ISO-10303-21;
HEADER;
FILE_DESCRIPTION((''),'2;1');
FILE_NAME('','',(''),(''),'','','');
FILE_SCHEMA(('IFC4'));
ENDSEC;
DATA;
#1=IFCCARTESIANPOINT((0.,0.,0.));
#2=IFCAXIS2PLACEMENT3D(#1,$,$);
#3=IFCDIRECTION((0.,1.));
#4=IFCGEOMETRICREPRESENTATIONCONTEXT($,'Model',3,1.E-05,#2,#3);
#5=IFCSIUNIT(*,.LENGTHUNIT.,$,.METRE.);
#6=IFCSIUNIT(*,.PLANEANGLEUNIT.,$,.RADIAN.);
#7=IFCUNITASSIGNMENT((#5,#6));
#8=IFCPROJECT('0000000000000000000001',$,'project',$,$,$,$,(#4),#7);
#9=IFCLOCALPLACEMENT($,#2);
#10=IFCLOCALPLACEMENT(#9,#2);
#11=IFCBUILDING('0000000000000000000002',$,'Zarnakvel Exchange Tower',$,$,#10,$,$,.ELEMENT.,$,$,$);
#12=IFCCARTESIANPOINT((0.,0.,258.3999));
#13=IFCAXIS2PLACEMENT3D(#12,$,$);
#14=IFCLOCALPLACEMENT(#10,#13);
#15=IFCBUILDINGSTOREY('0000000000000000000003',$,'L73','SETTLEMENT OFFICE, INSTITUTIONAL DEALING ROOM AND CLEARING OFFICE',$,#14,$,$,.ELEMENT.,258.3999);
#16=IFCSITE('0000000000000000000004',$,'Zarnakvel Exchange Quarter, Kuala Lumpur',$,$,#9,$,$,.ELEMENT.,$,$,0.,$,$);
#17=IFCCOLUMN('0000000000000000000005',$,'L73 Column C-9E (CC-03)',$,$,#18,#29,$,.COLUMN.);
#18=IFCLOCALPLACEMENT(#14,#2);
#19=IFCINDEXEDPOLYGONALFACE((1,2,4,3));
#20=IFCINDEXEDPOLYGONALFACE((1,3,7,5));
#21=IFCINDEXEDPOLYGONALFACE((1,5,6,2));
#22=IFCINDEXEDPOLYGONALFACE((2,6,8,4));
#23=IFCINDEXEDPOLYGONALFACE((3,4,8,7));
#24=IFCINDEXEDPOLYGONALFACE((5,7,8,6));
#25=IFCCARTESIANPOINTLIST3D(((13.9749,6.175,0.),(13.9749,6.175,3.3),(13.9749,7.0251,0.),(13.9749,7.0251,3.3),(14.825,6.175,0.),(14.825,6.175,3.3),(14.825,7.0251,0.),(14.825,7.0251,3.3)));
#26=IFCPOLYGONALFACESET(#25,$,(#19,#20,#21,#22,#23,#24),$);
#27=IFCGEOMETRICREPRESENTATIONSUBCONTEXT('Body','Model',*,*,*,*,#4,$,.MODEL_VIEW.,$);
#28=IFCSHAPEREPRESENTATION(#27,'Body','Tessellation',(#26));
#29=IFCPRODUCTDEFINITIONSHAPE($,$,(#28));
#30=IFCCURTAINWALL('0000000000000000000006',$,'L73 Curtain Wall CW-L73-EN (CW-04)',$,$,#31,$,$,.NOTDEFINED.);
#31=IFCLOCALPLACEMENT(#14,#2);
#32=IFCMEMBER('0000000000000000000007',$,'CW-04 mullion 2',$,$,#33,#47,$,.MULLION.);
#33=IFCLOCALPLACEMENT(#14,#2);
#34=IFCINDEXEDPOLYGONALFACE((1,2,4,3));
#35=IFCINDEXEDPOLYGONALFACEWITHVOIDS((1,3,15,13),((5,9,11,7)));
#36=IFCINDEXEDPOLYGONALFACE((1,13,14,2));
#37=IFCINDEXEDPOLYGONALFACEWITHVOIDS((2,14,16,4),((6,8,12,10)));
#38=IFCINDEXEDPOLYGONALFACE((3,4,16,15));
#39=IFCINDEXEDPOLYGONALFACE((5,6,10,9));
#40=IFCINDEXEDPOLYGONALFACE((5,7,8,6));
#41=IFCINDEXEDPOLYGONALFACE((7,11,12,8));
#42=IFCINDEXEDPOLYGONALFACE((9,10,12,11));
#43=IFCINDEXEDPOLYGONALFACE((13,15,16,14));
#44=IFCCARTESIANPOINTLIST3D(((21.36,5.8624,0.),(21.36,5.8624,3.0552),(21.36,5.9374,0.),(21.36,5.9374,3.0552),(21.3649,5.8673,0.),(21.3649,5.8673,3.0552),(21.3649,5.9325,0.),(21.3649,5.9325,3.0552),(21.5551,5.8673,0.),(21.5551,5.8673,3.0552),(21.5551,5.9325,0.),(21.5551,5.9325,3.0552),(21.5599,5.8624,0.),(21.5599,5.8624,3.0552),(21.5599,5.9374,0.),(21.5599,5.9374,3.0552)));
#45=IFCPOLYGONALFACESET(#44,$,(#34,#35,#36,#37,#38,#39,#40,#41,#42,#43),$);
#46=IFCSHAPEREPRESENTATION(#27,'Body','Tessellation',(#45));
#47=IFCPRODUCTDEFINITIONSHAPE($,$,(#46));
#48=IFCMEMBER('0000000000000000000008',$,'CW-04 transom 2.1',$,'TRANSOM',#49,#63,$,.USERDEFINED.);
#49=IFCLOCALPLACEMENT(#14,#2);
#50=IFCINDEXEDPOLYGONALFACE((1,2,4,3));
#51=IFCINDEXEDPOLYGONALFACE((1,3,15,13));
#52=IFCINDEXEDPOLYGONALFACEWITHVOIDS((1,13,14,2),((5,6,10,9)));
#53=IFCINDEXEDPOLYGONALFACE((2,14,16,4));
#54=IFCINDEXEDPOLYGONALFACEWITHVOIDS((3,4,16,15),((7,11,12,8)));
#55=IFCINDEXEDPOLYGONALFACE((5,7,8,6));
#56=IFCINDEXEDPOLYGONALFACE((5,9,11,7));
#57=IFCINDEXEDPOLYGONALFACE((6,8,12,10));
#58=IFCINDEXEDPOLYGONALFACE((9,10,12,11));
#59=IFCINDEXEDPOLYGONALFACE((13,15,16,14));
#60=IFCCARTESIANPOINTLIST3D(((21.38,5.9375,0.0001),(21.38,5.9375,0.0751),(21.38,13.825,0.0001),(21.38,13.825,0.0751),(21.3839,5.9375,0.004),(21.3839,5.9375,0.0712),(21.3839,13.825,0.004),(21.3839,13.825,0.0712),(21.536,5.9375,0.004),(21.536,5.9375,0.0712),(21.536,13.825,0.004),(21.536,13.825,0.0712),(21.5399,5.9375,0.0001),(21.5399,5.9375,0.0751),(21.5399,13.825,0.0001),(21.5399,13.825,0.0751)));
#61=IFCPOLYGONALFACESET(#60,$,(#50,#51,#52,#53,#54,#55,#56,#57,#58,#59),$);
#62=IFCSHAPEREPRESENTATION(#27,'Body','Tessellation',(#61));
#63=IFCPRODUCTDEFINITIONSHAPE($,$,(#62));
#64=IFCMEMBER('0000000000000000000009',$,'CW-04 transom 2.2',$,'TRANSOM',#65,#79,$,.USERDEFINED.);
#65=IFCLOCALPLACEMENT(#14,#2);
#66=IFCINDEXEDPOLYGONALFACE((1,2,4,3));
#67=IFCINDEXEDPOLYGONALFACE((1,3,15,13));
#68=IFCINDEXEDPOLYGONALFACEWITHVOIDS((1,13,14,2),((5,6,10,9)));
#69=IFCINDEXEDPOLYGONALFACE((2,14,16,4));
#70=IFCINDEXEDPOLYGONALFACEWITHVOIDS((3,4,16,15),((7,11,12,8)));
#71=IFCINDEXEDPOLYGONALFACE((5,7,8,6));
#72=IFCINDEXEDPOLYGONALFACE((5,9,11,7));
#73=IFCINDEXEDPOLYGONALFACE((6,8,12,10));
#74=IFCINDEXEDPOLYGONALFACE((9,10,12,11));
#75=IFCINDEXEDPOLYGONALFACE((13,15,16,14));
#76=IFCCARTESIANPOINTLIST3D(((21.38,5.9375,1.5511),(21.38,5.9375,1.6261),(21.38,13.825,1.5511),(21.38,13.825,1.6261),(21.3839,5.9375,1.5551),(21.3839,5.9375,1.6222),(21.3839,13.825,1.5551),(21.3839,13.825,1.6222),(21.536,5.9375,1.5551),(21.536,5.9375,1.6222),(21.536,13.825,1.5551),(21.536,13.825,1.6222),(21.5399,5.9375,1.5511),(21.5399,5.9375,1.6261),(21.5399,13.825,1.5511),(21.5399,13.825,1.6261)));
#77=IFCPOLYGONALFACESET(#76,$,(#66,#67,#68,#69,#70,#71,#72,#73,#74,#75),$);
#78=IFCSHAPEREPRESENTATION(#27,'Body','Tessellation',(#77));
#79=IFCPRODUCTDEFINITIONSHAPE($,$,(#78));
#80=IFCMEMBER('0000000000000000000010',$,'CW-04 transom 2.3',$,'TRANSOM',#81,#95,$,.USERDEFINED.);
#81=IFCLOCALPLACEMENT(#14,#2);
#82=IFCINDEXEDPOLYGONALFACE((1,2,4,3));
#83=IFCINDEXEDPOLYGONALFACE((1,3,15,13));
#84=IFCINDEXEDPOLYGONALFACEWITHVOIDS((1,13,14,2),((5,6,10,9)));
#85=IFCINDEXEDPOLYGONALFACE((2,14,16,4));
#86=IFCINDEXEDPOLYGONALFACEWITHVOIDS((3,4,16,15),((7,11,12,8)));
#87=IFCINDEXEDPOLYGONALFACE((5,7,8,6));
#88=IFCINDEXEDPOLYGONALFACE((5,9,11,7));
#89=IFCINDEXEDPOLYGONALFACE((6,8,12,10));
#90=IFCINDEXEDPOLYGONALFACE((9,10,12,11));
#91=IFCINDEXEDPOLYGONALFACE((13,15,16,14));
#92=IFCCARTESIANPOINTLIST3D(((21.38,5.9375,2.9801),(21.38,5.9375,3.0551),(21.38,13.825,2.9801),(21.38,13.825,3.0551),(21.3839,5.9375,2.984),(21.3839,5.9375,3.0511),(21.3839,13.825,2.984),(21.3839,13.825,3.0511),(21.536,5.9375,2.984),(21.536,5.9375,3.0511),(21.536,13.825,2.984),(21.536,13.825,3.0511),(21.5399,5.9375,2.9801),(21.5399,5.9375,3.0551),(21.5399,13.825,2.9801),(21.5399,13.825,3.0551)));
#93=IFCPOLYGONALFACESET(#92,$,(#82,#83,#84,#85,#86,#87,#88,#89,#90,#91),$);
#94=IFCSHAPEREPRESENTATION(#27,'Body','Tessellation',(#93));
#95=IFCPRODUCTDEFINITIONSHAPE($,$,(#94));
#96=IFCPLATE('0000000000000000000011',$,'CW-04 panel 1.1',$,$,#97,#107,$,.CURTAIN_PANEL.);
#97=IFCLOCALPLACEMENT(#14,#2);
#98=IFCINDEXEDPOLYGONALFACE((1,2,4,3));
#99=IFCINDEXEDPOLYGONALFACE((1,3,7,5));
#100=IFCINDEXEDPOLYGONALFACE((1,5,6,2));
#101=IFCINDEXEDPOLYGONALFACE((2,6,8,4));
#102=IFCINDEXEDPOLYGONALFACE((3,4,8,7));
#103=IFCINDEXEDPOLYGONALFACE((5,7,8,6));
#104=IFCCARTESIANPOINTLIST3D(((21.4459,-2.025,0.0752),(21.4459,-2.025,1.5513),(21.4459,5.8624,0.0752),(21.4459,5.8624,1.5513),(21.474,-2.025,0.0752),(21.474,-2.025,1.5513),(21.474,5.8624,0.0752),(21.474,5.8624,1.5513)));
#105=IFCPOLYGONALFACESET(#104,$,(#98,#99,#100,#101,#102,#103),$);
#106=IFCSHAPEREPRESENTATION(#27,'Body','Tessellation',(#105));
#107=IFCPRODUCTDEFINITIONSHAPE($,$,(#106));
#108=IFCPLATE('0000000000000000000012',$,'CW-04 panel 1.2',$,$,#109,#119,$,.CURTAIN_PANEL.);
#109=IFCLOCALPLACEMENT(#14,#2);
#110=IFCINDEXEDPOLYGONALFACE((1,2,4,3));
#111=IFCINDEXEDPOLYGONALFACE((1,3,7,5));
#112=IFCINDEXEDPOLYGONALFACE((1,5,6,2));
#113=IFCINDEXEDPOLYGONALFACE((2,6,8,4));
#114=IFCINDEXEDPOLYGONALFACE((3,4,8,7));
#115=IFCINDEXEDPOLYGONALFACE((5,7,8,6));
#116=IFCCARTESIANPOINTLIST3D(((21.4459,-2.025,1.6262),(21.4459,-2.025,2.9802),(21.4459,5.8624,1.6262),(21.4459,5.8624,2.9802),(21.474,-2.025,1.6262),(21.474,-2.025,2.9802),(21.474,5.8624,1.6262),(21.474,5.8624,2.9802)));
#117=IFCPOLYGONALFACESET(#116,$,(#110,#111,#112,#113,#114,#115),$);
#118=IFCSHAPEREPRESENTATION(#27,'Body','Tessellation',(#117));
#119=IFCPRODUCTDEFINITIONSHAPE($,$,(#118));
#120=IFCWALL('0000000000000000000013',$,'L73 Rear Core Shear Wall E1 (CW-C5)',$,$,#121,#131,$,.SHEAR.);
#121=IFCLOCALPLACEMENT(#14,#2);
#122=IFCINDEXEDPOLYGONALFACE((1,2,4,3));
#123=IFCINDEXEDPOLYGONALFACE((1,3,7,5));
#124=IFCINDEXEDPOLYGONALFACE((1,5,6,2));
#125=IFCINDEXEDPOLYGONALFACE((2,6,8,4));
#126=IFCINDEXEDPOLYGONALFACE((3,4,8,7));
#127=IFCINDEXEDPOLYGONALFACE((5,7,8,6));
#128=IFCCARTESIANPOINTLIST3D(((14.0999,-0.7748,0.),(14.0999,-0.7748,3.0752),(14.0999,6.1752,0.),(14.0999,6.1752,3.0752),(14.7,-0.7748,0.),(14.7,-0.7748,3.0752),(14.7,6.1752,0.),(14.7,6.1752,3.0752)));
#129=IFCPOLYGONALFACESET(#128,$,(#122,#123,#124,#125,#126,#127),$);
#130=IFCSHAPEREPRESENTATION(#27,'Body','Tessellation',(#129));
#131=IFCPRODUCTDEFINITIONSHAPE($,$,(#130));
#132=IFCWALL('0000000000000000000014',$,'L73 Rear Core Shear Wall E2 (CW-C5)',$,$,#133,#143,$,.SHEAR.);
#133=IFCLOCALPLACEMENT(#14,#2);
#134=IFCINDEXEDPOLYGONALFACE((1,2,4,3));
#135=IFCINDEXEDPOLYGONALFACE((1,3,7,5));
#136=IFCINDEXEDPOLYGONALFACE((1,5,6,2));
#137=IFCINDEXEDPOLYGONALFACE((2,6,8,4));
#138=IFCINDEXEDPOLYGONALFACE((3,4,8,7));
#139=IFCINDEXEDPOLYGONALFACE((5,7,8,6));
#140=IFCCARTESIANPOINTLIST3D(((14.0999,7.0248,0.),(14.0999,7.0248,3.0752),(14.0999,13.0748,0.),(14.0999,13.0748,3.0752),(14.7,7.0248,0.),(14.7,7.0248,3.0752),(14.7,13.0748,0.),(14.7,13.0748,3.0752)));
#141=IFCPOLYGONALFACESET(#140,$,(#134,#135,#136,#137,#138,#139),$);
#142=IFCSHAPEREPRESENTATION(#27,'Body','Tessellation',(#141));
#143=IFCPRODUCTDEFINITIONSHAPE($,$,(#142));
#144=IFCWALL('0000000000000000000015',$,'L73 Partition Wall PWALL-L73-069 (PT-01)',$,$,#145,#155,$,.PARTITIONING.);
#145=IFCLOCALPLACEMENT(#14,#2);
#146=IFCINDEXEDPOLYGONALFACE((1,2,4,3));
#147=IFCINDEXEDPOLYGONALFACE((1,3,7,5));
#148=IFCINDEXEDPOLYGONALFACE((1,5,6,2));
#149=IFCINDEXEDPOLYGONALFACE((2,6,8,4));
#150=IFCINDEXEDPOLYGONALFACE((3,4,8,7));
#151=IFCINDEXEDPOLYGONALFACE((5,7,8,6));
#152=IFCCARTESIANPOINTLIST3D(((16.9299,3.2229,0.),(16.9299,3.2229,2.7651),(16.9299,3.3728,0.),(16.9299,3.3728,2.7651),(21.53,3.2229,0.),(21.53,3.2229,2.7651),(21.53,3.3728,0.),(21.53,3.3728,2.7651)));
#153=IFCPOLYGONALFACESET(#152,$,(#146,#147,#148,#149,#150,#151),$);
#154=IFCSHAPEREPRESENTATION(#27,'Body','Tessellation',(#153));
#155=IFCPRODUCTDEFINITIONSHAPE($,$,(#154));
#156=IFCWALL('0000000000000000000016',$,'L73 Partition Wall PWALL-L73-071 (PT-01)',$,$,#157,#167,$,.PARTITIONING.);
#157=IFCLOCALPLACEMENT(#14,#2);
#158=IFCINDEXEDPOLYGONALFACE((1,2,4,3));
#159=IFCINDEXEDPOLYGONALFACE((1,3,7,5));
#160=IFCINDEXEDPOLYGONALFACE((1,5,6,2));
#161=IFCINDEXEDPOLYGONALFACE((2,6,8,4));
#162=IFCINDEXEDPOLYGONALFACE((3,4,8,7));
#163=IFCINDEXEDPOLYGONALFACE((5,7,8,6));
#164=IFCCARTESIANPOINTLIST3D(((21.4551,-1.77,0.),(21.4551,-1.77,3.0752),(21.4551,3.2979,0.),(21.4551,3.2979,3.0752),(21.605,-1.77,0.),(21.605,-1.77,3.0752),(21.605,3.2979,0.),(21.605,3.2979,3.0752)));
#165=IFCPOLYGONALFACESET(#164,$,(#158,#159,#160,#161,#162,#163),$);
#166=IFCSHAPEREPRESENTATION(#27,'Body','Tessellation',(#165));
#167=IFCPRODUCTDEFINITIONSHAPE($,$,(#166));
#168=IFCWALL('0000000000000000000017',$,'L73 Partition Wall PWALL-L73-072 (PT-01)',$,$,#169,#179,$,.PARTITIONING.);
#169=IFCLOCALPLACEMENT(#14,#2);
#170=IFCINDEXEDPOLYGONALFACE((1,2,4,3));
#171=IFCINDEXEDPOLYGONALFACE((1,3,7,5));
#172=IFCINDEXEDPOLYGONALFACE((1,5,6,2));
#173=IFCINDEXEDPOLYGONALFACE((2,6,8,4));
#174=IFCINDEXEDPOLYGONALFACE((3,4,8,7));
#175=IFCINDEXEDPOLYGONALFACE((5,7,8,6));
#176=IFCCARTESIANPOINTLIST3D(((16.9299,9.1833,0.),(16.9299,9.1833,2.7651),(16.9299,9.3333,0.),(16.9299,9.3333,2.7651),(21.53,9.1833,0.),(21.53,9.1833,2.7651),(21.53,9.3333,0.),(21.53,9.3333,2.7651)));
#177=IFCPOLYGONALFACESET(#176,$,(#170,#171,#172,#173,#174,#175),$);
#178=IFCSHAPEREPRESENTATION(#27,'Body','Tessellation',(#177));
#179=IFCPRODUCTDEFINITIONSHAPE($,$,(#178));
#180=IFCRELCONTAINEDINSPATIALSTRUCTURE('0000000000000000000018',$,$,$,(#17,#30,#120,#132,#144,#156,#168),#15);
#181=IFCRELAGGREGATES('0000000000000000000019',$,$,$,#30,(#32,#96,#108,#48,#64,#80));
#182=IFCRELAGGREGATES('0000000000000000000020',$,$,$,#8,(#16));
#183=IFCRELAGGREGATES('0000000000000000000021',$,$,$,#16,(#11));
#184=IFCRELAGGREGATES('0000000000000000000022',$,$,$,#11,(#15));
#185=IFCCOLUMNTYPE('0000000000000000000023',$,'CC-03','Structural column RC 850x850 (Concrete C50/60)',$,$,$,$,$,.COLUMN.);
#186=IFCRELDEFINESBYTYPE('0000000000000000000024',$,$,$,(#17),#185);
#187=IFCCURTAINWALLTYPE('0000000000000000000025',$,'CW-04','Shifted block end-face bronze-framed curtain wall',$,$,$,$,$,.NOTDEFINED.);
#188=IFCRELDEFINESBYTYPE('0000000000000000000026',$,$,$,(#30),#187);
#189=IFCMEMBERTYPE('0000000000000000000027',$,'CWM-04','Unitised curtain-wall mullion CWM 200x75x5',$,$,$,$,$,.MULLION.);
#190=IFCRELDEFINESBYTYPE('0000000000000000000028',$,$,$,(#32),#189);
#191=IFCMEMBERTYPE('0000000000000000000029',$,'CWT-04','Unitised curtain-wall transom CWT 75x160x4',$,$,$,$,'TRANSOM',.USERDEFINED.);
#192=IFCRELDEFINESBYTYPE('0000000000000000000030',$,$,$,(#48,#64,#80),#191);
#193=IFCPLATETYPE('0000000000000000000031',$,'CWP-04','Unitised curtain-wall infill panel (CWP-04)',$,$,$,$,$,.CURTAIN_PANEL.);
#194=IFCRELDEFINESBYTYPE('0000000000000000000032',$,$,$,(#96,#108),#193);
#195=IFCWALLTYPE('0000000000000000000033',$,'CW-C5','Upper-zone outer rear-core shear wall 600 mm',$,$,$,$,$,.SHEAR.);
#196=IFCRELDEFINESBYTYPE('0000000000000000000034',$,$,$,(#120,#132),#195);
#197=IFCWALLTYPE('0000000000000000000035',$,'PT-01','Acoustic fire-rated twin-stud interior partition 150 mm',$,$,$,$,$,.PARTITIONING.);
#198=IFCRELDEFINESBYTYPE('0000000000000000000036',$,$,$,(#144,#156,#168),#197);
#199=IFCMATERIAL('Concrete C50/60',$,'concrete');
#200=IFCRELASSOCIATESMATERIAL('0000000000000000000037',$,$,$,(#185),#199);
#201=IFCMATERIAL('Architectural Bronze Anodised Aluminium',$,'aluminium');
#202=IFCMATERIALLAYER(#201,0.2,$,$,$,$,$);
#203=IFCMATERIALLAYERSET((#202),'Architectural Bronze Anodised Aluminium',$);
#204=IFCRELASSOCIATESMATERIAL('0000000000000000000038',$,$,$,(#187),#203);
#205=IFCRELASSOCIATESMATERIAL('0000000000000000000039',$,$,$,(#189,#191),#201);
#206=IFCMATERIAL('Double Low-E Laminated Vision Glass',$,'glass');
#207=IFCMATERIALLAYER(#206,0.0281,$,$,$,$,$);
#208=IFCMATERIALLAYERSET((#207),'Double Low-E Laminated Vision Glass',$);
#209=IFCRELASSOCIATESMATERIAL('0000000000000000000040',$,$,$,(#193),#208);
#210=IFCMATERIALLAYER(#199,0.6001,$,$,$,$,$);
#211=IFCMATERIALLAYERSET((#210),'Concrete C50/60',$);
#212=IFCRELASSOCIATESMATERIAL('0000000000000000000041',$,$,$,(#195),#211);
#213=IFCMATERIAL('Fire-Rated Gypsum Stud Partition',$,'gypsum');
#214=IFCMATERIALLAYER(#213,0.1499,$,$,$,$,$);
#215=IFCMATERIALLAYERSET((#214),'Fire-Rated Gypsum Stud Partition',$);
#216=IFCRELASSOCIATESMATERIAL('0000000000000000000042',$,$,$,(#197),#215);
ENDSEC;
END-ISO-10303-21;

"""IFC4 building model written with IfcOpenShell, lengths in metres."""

from ifc_helpers import new_model, si_unit, direction, frame, frame_2d, origin, origin_2d, place, context, subcontext, project, spatial, rectangle, hollow_rectangle, extrude, source, transform, mapped, material, layer, layer_set, material_profile, profile_set, type_object, element, aggregate, save


model = new_model("IFC4")

# Units and contexts
model_context = context("Model", 3, precision=1e-05, world=origin(), true_north=direction((0.0, 1.0)))
body_context = subcontext(model_context, "Body", "Model", "MODEL_VIEW")
ifc_project = project(units=[si_unit("LENGTHUNIT", "METRE"), si_unit("PLANEANGLEUNIT", "RADIAN")], contexts=[model_context])

# Site, building, storey
site_placement = place(None, origin())
site = spatial("IfcSite", under=ifc_project, at=site_placement, Name="Zarnakvel Exchange Quarter, Kuala Lumpur", CompositionType="ELEMENT", RefElevation=0.0)
building_placement = place(site_placement, origin())
building = spatial("IfcBuilding", under=site, at=building_placement, Name="Zarnakvel Exchange Tower", CompositionType="ELEMENT")
storey_placement = place(building_placement, frame((0.0, 0.0, 258.3999)))
storey = spatial("IfcBuildingStorey", under=building, at=storey_placement, Name="L73", Description="SETTLEMENT OFFICE, INSTITUTIONAL DEALING ROOM AND CLEARING OFFICE", CompositionType="ELEMENT", Elevation=258.3999)

# Column
ifc_material_1 = material(Name="Concrete C50/60", Category="concrete")
ifc_material_profile_1 = material_profile(ifc_material_1, rectangle(XDim=0.8501, YDim=0.8501, at=origin_2d()))
ifc_profile_set_1 = profile_set([ifc_material_profile_1], Name="Concrete C50/60")
column_type = type_object("IfcColumnType", Name="CC-03", Description="Structural column RC 850x850 (Concrete C50/60)", PredefinedType="COLUMN", material=ifc_profile_set_1)
column_placement = place(storey_placement, frame((14.3999, 6.6001, 0.0), z_axis=(0.0, 0.0, 1.0), x_axis=(1.0, 0.0, 0.0)))
element("IfcColumn", 1, at=column_placement, inside=storey, type_object=column_type, Name="L73 Column C-9E (CC-03)", PredefinedType="COLUMN", context=body_context, shape_type="SweptSolid", body=[
    extrude(rectangle(XDim=0.8501, YDim=0.8501, at=origin_2d()), origin(), (0.0, 0.0, 1.0), 3.3),
])

# Curtain wall, members, plates
ifc_material_2 = material(Name="Architectural Bronze Anodised Aluminium", Category="aluminium")
ifc_layer_1 = layer(ifc_material_2, 0.2)
ifc_layer_set_1 = layer_set([ifc_layer_1], Name="Architectural Bronze Anodised Aluminium")
curtain_wall_type = type_object("IfcCurtainWallType", Name="CW-04", Description="Shifted block end-face bronze-framed curtain wall", PredefinedType="NOTDEFINED", material=ifc_layer_set_1)
curtain_wall_placement = place(storey_placement, origin())
curtain_wall = element("IfcCurtainWall", 2, at=curtain_wall_placement, inside=storey, type_object=curtain_wall_type, Name="L73 Curtain Wall CW-L73-EN (CW-04)", PredefinedType="NOTDEFINED")
ifc_material_profile_2 = material_profile(ifc_material_2, hollow_rectangle(XDim=0.2, YDim=0.075, WallThickness=0.0049, at=origin_2d()))
ifc_profile_set_2 = profile_set([ifc_material_profile_2], Name="Architectural Bronze Anodised Aluminium")
member_type_1 = type_object("IfcMemberType", Name="CWM-04", Description="Unitised curtain-wall mullion CWM 200x75x5", PredefinedType="MULLION", material=ifc_profile_set_2)
shared_shape_1 = source(origin(), body_context, "Body", "SweptSolid", [
    extrude(hollow_rectangle(XDim=0.2, YDim=0.075, WallThickness=0.0049, at=origin_2d()), origin(), (0.0, 0.0, 1.0), 3.0552),
])
member_1_placement = place(storey_placement, frame((21.46, 5.8999, 0.0), z_axis=(0.0, 0.0, 1.0), x_axis=(-1.0, 0.0, 0.0)))
member_1 = element("IfcMember", 3, at=member_1_placement, type_object=member_type_1, Name="CW-04 mullion 2", PredefinedType="MULLION", context=body_context, shape_type="MappedRepresentation", body=[
    mapped(shared_shape_1, transform((0.0, 0.0, 0.0), x_axis=(1.0, 0.0, 0.0), y_axis=(0.0, 1.0, 0.0), z_axis=(0.0, 0.0, 1.0), scale=1.0)),
])
ifc_material_profile_3 = material_profile(ifc_material_2, hollow_rectangle(XDim=0.1599, YDim=0.075, WallThickness=0.0039, at=origin_2d()))
ifc_profile_set_3 = profile_set([ifc_material_profile_3], Name="Architectural Bronze Anodised Aluminium")
member_type_2 = type_object("IfcMemberType", Name="CWT-04", Description="Unitised curtain-wall transom CWT 75x160x4", ElementType="TRANSOM", PredefinedType="USERDEFINED", material=ifc_profile_set_3)
shared_shape_2 = source(origin(), body_context, "Body", "SweptSolid", [
    extrude(hollow_rectangle(XDim=0.1599, YDim=0.075, WallThickness=0.0039, at=origin_2d()), origin(), (0.0, 0.0, 1.0), 7.8875),
])
member_2_placement = place(storey_placement, frame((21.46, 5.9375, 0.0376), z_axis=(0.0, 1.0, 0.0), x_axis=(-1.0, 0.0, 0.0)))
member_2 = element("IfcMember", 4, at=member_2_placement, type_object=member_type_2, Name="CW-04 transom 2.1", ObjectType="TRANSOM", PredefinedType="USERDEFINED", context=body_context, shape_type="MappedRepresentation", body=[
    mapped(shared_shape_2, transform((0.0, 0.0, 0.0), x_axis=(1.0, 0.0, 0.0), y_axis=(0.0, 1.0, 0.0), z_axis=(0.0, 0.0, 1.0), scale=1.0)),
])
member_3_placement = place(storey_placement, frame((21.46, 5.9375, 1.5886), z_axis=(0.0, 1.0, 0.0), x_axis=(-1.0, 0.0, 0.0)))
member_3 = element("IfcMember", 5, at=member_3_placement, type_object=member_type_2, Name="CW-04 transom 2.2", ObjectType="TRANSOM", PredefinedType="USERDEFINED", context=body_context, shape_type="MappedRepresentation", body=[
    mapped(shared_shape_2, transform((0.0, 0.0, 0.0), x_axis=(1.0, 0.0, 0.0), y_axis=(0.0, 1.0, 0.0), z_axis=(0.0, 0.0, 1.0), scale=1.0)),
])
member_4_placement = place(storey_placement, frame((21.46, 5.9375, 3.0176), z_axis=(0.0, 1.0, 0.0), x_axis=(-1.0, 0.0, 0.0)))
member_4 = element("IfcMember", 6, at=member_4_placement, type_object=member_type_2, Name="CW-04 transom 2.3", ObjectType="TRANSOM", PredefinedType="USERDEFINED", context=body_context, shape_type="MappedRepresentation", body=[
    mapped(shared_shape_2, transform((0.0, 0.0, 0.0), x_axis=(1.0, 0.0, 0.0), y_axis=(0.0, 1.0, 0.0), z_axis=(0.0, 0.0, 1.0), scale=1.0)),
])
ifc_material_3 = material(Name="Double Low-E Laminated Vision Glass", Category="glass")
ifc_layer_2 = layer(ifc_material_3, 0.0281)
ifc_layer_set_2 = layer_set([ifc_layer_2], Name="Double Low-E Laminated Vision Glass")
plate_type = type_object("IfcPlateType", Name="CWP-04", Description="Unitised curtain-wall infill panel (CWP-04)", PredefinedType="CURTAIN_PANEL", material=ifc_layer_set_2)
shared_shape_3 = source(origin(), body_context, "Body", "SweptSolid", [
    extrude(rectangle(XDim=7.8875, YDim=0.0281, at=origin_2d()), origin(), (0.0, 0.0, 1.0), 1.4761),
])
plate_1_placement = place(storey_placement, frame((21.46, 1.9187, 0.0752), z_axis=(0.0, 0.0, 1.0), x_axis=(0.0, 1.0, 0.0)))
plate_1 = element("IfcPlate", 7, at=plate_1_placement, type_object=plate_type, Name="CW-04 panel 1.1", PredefinedType="CURTAIN_PANEL", context=body_context, shape_type="MappedRepresentation", body=[
    mapped(shared_shape_3, transform((0.0, 0.0, 0.0), x_axis=(1.0, 0.0, 0.0), y_axis=(0.0, 1.0, 0.0), z_axis=(0.0, 0.0, 1.0), scale=1.0)),
])
shared_shape_4 = source(origin(), body_context, "Body", "SweptSolid", [
    extrude(rectangle(XDim=7.8875, YDim=0.0281, at=origin_2d()), origin(), (0.0, 0.0, 1.0), 1.354),
])
plate_2_placement = place(storey_placement, frame((21.46, 1.9187, 1.6262), z_axis=(0.0, 0.0, 1.0), x_axis=(0.0, 1.0, 0.0)))
plate_2 = element("IfcPlate", 8, at=plate_2_placement, type_object=plate_type, Name="CW-04 panel 1.2", PredefinedType="CURTAIN_PANEL", context=body_context, shape_type="MappedRepresentation", body=[
    mapped(shared_shape_4, transform((0.0, 0.0, 0.0), x_axis=(1.0, 0.0, 0.0), y_axis=(0.0, 1.0, 0.0), z_axis=(0.0, 0.0, 1.0), scale=1.0)),
])
aggregate(curtain_wall, [member_1, plate_1, plate_2, member_2, member_3, member_4])

# Walls
ifc_layer_3 = layer(ifc_material_1, 0.6001)
ifc_layer_set_3 = layer_set([ifc_layer_3], Name="Concrete C50/60")
wall_type_1 = type_object("IfcWallType", Name="CW-C5", Description="Upper-zone outer rear-core shear wall 600 mm", PredefinedType="SHEAR", material=ifc_layer_set_3)
wall_1_placement = place(storey_placement, frame((14.3999, -0.7749, 0.0), z_axis=(0.0, 0.0, 1.0), x_axis=(0.0, 1.0, 0.0)))
element("IfcWall", 9, at=wall_1_placement, inside=storey, type_object=wall_type_1, Name="L73 Rear Core Shear Wall E1 (CW-C5)", PredefinedType="SHEAR", context=body_context, shape_type="SweptSolid", body=[
    extrude(rectangle(XDim=6.95, YDim=0.6001, at=frame_2d((3.4751, 0.0))), origin(), (0.0, 0.0, 1.0), 3.0752),
])
wall_2_placement = place(storey_placement, frame((14.3999, 7.0249, 0.0), z_axis=(0.0, 0.0, 1.0), x_axis=(0.0, 1.0, 0.0)))
element("IfcWall", 10, at=wall_2_placement, inside=storey, type_object=wall_type_1, Name="L73 Rear Core Shear Wall E2 (CW-C5)", PredefinedType="SHEAR", context=body_context, shape_type="SweptSolid", body=[
    extrude(rectangle(XDim=6.05, YDim=0.6001, at=frame_2d((3.0249, 0.0))), origin(), (0.0, 0.0, 1.0), 3.0752),
])
ifc_material_4 = material(Name="Fire-Rated Gypsum Stud Partition", Category="gypsum")
ifc_layer_4 = layer(ifc_material_4, 0.1499)
ifc_layer_set_4 = layer_set([ifc_layer_4], Name="Fire-Rated Gypsum Stud Partition")
wall_type_2 = type_object("IfcWallType", Name="PT-01", Description="Acoustic fire-rated twin-stud interior partition 150 mm", PredefinedType="PARTITIONING", material=ifc_layer_set_4)
wall_3_placement = place(storey_placement, frame((16.9299, 3.2979, 0.0), z_axis=(0.0, 0.0, 1.0), x_axis=(1.0, 0.0, 0.0)))
element("IfcWall", 11, at=wall_3_placement, inside=storey, type_object=wall_type_2, Name="L73 Partition Wall PWALL-L73-069 (PT-01)", PredefinedType="PARTITIONING", context=body_context, shape_type="SweptSolid", body=[
    extrude(rectangle(XDim=4.6001, YDim=0.1499, at=frame_2d((2.3, 0.0))), origin(), (0.0, 0.0, 1.0), 2.7651),
])
wall_4_placement = place(storey_placement, frame((21.53, 3.2979, 0.0), z_axis=(0.0, 0.0, 1.0), x_axis=(0.0, -1.0, 0.0)))
element("IfcWall", 12, at=wall_4_placement, inside=storey, type_object=wall_type_2, Name="L73 Partition Wall PWALL-L73-071 (PT-01)", PredefinedType="PARTITIONING", context=body_context, shape_type="SweptSolid", body=[
    extrude(rectangle(XDim=5.0679, YDim=0.1499, at=frame_2d((2.5339, 0.0))), origin(), (0.0, 0.0, 1.0), 3.0752),
])
wall_5_placement = place(storey_placement, frame((16.9299, 9.2583, 0.0), z_axis=(0.0, 0.0, 1.0), x_axis=(1.0, 0.0, 0.0)))
element("IfcWall", 13, at=wall_5_placement, inside=storey, type_object=wall_type_2, Name="L73 Partition Wall PWALL-L73-072 (PT-01)", PredefinedType="PARTITIONING", context=body_context, shape_type="SweptSolid", body=[
    extrude(rectangle(XDim=4.6001, YDim=0.1499, at=frame_2d((2.3, 0.0))), origin(), (0.0, 0.0, 1.0), 2.7651),
])

save(model, "model.ifc")
